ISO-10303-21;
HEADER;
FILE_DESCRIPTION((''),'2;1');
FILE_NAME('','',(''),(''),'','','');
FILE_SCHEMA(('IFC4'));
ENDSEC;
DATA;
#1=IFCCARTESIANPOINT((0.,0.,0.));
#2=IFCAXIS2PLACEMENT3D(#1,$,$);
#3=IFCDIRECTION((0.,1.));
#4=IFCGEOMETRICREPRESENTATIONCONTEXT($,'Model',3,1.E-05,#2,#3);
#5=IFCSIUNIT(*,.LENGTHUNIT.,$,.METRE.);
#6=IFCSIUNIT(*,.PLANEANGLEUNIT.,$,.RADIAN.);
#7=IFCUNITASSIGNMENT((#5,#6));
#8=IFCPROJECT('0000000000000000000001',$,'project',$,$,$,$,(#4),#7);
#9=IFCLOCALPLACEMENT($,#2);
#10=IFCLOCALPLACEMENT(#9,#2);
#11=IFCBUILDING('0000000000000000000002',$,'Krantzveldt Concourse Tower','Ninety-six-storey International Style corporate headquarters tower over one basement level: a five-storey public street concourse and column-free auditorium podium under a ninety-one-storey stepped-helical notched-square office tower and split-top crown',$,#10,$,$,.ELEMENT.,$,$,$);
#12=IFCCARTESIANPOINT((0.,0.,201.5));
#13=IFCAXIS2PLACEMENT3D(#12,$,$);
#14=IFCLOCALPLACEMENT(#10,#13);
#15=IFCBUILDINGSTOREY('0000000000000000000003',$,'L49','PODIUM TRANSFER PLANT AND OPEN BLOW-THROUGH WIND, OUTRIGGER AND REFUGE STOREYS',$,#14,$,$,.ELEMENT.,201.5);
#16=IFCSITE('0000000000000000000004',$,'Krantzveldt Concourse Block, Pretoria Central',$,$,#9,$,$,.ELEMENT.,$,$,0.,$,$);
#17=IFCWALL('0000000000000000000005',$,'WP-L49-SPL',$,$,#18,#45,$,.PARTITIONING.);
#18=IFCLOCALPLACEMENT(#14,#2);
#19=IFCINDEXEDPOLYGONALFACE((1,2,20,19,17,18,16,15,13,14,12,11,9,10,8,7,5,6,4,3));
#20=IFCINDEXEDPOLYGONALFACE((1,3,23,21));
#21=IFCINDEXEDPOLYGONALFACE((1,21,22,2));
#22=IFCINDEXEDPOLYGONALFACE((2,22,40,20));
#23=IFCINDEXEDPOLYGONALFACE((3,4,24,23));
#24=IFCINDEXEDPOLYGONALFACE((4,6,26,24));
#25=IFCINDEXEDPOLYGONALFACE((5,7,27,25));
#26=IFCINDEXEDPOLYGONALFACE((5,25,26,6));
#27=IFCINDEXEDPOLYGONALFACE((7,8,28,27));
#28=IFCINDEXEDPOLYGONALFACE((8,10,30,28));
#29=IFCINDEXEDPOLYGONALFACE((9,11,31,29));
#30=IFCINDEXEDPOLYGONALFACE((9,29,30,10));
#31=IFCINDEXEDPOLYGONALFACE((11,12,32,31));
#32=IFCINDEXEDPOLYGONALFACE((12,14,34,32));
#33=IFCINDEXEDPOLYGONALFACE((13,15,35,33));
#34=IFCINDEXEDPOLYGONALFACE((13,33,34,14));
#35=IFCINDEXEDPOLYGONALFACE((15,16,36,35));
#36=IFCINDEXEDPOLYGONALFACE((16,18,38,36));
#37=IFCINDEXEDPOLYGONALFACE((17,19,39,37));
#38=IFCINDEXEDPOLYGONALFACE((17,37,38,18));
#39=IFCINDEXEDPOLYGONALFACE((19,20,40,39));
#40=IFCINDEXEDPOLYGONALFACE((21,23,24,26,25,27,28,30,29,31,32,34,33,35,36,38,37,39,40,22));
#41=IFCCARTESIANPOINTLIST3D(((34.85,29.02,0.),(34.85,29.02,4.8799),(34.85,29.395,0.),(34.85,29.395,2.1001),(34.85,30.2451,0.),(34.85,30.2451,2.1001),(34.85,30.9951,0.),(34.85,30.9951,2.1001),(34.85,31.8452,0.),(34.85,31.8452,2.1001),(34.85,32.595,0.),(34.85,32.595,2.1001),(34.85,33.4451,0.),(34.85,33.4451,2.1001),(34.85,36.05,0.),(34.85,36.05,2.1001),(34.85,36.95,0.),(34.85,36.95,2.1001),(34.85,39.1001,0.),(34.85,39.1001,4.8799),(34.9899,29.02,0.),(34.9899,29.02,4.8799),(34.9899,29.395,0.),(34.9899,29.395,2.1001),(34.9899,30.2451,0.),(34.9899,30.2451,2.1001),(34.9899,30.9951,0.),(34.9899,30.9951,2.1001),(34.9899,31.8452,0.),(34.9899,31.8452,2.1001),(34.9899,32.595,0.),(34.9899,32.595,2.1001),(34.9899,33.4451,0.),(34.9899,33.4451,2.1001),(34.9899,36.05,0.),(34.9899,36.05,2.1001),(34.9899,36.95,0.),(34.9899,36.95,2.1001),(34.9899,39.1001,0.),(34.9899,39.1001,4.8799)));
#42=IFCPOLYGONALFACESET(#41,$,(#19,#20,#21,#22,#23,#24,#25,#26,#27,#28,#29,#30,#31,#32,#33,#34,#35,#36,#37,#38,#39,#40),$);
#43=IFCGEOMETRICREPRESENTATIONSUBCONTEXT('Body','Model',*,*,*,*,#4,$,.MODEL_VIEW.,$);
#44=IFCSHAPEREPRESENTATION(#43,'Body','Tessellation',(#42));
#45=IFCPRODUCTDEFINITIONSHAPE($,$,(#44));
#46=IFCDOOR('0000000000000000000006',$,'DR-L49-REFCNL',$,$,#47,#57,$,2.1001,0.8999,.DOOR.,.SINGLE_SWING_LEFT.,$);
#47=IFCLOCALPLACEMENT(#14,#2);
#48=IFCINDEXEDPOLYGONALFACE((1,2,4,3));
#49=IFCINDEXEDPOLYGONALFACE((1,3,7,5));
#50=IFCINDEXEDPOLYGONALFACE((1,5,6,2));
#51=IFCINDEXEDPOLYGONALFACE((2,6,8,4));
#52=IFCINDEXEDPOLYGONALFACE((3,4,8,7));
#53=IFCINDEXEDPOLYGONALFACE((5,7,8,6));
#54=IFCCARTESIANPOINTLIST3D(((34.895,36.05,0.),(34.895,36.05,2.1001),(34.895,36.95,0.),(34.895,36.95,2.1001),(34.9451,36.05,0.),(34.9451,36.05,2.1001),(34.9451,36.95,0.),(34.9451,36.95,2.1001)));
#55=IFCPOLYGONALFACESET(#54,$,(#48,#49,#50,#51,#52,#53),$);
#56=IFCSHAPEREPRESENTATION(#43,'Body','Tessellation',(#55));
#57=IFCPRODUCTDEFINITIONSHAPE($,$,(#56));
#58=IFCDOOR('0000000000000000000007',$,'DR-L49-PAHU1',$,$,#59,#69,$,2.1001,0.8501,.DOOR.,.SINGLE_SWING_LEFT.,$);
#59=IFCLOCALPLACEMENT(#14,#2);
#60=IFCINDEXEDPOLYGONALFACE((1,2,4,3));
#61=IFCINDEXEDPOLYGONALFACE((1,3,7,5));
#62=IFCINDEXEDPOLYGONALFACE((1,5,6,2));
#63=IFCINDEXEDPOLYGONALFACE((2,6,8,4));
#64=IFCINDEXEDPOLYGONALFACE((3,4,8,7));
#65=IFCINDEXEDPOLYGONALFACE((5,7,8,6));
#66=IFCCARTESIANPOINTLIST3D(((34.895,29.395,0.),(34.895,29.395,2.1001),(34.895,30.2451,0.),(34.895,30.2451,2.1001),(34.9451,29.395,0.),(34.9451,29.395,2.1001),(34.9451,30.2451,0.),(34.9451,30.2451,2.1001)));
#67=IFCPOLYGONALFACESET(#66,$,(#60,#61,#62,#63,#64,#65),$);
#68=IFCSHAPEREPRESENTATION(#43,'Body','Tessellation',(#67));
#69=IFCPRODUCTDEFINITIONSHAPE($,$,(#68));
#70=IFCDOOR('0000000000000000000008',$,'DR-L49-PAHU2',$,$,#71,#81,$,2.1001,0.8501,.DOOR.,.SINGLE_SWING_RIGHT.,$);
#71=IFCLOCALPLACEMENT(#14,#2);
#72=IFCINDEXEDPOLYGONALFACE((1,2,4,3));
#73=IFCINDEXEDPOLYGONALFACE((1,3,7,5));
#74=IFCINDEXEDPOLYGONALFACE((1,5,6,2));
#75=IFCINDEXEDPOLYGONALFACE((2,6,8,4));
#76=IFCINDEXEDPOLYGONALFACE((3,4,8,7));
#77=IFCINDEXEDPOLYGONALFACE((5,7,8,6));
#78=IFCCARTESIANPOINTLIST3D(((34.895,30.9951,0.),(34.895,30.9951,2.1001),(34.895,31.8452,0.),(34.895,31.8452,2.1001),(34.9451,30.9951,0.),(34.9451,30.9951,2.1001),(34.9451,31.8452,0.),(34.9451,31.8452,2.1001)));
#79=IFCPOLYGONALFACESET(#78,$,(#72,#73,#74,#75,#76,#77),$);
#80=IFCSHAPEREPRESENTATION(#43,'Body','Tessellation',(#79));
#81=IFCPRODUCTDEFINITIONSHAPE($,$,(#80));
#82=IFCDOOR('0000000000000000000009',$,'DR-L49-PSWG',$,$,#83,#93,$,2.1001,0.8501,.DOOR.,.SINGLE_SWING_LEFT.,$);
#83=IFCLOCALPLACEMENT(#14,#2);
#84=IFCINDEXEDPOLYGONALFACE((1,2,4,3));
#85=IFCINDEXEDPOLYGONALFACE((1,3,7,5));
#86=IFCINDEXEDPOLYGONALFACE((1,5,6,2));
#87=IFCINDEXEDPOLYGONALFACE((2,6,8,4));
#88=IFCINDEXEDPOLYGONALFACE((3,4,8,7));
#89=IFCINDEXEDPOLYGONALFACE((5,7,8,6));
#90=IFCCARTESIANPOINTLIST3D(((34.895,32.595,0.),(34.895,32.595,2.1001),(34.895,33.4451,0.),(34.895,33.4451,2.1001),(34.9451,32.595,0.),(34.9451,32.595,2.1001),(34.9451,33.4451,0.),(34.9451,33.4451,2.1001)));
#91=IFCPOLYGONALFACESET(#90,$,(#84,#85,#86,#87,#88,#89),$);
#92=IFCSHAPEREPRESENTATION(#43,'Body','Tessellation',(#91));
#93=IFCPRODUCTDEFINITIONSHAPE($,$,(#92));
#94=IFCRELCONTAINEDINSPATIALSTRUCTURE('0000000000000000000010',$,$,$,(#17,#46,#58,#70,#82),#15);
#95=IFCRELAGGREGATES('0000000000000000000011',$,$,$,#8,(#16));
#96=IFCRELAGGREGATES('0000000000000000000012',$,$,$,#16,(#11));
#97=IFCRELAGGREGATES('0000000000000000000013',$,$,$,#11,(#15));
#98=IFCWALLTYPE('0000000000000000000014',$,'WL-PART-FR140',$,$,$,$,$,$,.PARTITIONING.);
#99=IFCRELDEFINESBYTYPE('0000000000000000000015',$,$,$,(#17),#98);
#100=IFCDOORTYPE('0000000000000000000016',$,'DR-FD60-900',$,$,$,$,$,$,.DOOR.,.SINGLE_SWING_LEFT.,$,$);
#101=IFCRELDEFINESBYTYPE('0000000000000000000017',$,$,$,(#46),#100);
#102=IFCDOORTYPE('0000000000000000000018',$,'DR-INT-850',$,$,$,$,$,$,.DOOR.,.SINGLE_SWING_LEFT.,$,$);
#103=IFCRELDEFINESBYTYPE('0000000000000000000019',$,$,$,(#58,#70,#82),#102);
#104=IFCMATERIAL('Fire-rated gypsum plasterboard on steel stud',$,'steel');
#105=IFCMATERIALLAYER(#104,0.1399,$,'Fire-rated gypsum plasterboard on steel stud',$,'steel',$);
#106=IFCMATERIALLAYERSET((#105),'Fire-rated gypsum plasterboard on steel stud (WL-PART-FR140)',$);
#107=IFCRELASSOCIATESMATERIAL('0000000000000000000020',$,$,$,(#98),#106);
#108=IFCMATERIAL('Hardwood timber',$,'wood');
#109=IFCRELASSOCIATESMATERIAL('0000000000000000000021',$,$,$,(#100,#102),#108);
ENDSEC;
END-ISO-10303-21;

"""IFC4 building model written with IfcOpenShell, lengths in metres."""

from ifc_helpers import new_model, si_unit, direction, frame, frame_2d, origin, place, context, subcontext, project, spatial, rectangle, extrude, material, layer, layer_set, type_object, element, fill, save


model = new_model("IFC4")

# Units and contexts
model_context = context("Model", 3, precision=1e-05, world=origin(), true_north=direction((0.0, 1.0)))
body_context = subcontext(model_context, "Body", "Model", "MODEL_VIEW")
ifc_project = project(units=[si_unit("LENGTHUNIT", "METRE"), si_unit("PLANEANGLEUNIT", "RADIAN")], contexts=[model_context])

# Site, building, storey
site_placement = place(None, origin())
site = spatial("IfcSite", under=ifc_project, at=site_placement, Name="Krantzveldt Concourse Block, Pretoria Central", CompositionType="ELEMENT", RefElevation=0.0)
building_placement = place(site_placement, origin())
building = spatial("IfcBuilding", under=site, at=building_placement, Name="Krantzveldt Concourse Tower", Description="Ninety-six-storey International Style corporate headquarters tower over one basement level: a five-storey public street concourse and column-free auditorium podium under a ninety-one-storey stepped-helical notched-square office tower and split-top crown", CompositionType="ELEMENT")
storey_placement = place(building_placement, frame((0.0, 0.0, 201.5)))
storey = spatial("IfcBuildingStorey", under=building, at=storey_placement, Name="L49", Description="PODIUM TRANSFER PLANT AND OPEN BLOW-THROUGH WIND, OUTRIGGER AND REFUGE STOREYS", CompositionType="ELEMENT", Elevation=201.5)

# Wall, openings, doors
ifc_material_1 = material(Name="Fire-rated gypsum plasterboard on steel stud", Category="steel")
ifc_layer_1 = layer(ifc_material_1, 0.1399, Name="Fire-rated gypsum plasterboard on steel stud", Category="steel")
ifc_layer_set_1 = layer_set([ifc_layer_1], Name="Fire-rated gypsum plasterboard on steel stud (WL-PART-FR140)")
wall_type_1 = type_object("IfcWallType", Name="WL-PART-FR140", PredefinedType="PARTITIONING", material=ifc_layer_set_1)
wall_1_placement = place(storey_placement, frame((34.9199, 29.02, 0.0), z_axis=(0.0, 0.0, 1.0), x_axis=(0.0, 1.0, 0.0)))
wall_1 = element("IfcWall", 1, at=wall_1_placement, inside=storey, type_object=wall_type_1, Name="WP-L49-SPL", PredefinedType="PARTITIONING", context=body_context, shape_type="SweptSolid", body=[
    extrude(rectangle(XDim=10.0801, YDim=0.1399, at=frame_2d((5.04, 0.0))), origin(), (0.0, 0.0, 1.0), 4.8799),
])
opening_1_placement = place(wall_1_placement, frame((7.03, 0.0, 0.0)))
opening_1 = element("IfcOpeningElement", 2, at=opening_1_placement, cuts=wall_1, PredefinedType="OPENING", context=body_context, shape_type="SweptSolid", body=[
    extrude(rectangle(XDim=0.8999, YDim=2.1001, at=frame_2d((0.45, 1.05))), frame((0.0, 0.0801, 0.0), z_axis=(0.0, -1.0, 0.0), x_axis=(1.0, 0.0, 0.0)), (0.0, 0.0, 1.0), 0.1599),
])
opening_2_placement = place(wall_1_placement, frame((0.375, 0.0, 0.0)))
opening_2 = element("IfcOpeningElement", 3, at=opening_2_placement, cuts=wall_1, PredefinedType="OPENING", context=body_context, shape_type="SweptSolid", body=[
    extrude(rectangle(XDim=0.8501, YDim=2.1001, at=frame_2d((0.425, 1.05))), frame((0.0, 0.0801, 0.0), z_axis=(0.0, -1.0, 0.0), x_axis=(1.0, 0.0, 0.0)), (0.0, 0.0, 1.0), 0.1599),
])
opening_3_placement = place(wall_1_placement, frame((1.9751, 0.0, 0.0)))
opening_3 = element("IfcOpeningElement", 4, at=opening_3_placement, cuts=wall_1, PredefinedType="OPENING", context=body_context, shape_type="SweptSolid", body=[
    extrude(rectangle(XDim=0.8501, YDim=2.1001, at=frame_2d((0.425, 1.05))), frame((0.0, 0.0801, 0.0), z_axis=(0.0, -1.0, 0.0), x_axis=(1.0, 0.0, 0.0)), (0.0, 0.0, 1.0), 0.1599),
])
opening_4_placement = place(wall_1_placement, frame((3.575, 0.0, 0.0)))
opening_4 = element("IfcOpeningElement", 5, at=opening_4_placement, cuts=wall_1, PredefinedType="OPENING", context=body_context, shape_type="SweptSolid", body=[
    extrude(rectangle(XDim=0.8501, YDim=2.1001, at=frame_2d((0.425, 1.05))), frame((0.0, 0.0801, 0.0), z_axis=(0.0, -1.0, 0.0), x_axis=(1.0, 0.0, 0.0)), (0.0, 0.0, 1.0), 0.1599),
])
ifc_material_2 = material(Name="Hardwood timber", Category="wood")
door_type_1 = type_object("IfcDoorType", Name="DR-FD60-900", OperationType="SINGLE_SWING_LEFT", PredefinedType="DOOR", material=ifc_material_2)
door_1_placement = place(opening_1_placement, origin())
door_1 = element("IfcDoor", 6, at=door_1_placement, inside=storey, type_object=door_type_1, Name="DR-L49-REFCNL", OperationType="SINGLE_SWING_LEFT", OverallHeight=2.1001, OverallWidth=0.8999, PredefinedType="DOOR", context=body_context, shape_type="SweptSolid", body=[
    extrude(rectangle(XDim=0.8999, YDim=2.1001, at=frame_2d((0.45, 1.05))), frame((0.0, 0.0249, 0.0), z_axis=(0.0, -1.0, 0.0), x_axis=(1.0, 0.0, 0.0)), (0.0, 0.0, 1.0), 0.05),
])
fill(opening_1, door_1)
door_type_2 = type_object("IfcDoorType", Name="DR-INT-850", OperationType="SINGLE_SWING_LEFT", PredefinedType="DOOR", material=ifc_material_2)
door_2_placement = place(opening_2_placement, origin())
door_2 = element("IfcDoor", 7, at=door_2_placement, inside=storey, type_object=door_type_2, Name="DR-L49-PAHU1", OperationType="SINGLE_SWING_LEFT", OverallHeight=2.1001, OverallWidth=0.8501, PredefinedType="DOOR", context=body_context, shape_type="SweptSolid", body=[
    extrude(rectangle(XDim=0.8501, YDim=2.1001, at=frame_2d((0.425, 1.05))), frame((0.0, 0.0249, 0.0), z_axis=(0.0, -1.0, 0.0), x_axis=(1.0, 0.0, 0.0)), (0.0, 0.0, 1.0), 0.05),
])
fill(opening_2, door_2)
door_3_placement = place(opening_3_placement, origin())
door_3 = element("IfcDoor", 8, at=door_3_placement, inside=storey, type_object=door_type_2, Name="DR-L49-PAHU2", OperationType="SINGLE_SWING_RIGHT", OverallHeight=2.1001, OverallWidth=0.8501, PredefinedType="DOOR", context=body_context, shape_type="SweptSolid", body=[
    extrude(rectangle(XDim=0.8501, YDim=2.1001, at=frame_2d((0.425, 1.05))), frame((0.0, 0.0249, 0.0), z_axis=(0.0, -1.0, 0.0), x_axis=(1.0, 0.0, 0.0)), (0.0, 0.0, 1.0), 0.05),
])
fill(opening_3, door_3)
door_4_placement = place(opening_4_placement, origin())
door_4 = element("IfcDoor", 9, at=door_4_placement, inside=storey, type_object=door_type_2, Name="DR-L49-PSWG", OperationType="SINGLE_SWING_LEFT", OverallHeight=2.1001, OverallWidth=0.8501, PredefinedType="DOOR", context=body_context, shape_type="SweptSolid", body=[
    extrude(rectangle(XDim=0.8501, YDim=2.1001, at=frame_2d((0.425, 1.05))), frame((0.0, 0.0249, 0.0), z_axis=(0.0, -1.0, 0.0), x_axis=(1.0, 0.0, 0.0)), (0.0, 0.0, 1.0), 0.05),
])
fill(opening_4, door_4)

save(model, "model.ifc")
